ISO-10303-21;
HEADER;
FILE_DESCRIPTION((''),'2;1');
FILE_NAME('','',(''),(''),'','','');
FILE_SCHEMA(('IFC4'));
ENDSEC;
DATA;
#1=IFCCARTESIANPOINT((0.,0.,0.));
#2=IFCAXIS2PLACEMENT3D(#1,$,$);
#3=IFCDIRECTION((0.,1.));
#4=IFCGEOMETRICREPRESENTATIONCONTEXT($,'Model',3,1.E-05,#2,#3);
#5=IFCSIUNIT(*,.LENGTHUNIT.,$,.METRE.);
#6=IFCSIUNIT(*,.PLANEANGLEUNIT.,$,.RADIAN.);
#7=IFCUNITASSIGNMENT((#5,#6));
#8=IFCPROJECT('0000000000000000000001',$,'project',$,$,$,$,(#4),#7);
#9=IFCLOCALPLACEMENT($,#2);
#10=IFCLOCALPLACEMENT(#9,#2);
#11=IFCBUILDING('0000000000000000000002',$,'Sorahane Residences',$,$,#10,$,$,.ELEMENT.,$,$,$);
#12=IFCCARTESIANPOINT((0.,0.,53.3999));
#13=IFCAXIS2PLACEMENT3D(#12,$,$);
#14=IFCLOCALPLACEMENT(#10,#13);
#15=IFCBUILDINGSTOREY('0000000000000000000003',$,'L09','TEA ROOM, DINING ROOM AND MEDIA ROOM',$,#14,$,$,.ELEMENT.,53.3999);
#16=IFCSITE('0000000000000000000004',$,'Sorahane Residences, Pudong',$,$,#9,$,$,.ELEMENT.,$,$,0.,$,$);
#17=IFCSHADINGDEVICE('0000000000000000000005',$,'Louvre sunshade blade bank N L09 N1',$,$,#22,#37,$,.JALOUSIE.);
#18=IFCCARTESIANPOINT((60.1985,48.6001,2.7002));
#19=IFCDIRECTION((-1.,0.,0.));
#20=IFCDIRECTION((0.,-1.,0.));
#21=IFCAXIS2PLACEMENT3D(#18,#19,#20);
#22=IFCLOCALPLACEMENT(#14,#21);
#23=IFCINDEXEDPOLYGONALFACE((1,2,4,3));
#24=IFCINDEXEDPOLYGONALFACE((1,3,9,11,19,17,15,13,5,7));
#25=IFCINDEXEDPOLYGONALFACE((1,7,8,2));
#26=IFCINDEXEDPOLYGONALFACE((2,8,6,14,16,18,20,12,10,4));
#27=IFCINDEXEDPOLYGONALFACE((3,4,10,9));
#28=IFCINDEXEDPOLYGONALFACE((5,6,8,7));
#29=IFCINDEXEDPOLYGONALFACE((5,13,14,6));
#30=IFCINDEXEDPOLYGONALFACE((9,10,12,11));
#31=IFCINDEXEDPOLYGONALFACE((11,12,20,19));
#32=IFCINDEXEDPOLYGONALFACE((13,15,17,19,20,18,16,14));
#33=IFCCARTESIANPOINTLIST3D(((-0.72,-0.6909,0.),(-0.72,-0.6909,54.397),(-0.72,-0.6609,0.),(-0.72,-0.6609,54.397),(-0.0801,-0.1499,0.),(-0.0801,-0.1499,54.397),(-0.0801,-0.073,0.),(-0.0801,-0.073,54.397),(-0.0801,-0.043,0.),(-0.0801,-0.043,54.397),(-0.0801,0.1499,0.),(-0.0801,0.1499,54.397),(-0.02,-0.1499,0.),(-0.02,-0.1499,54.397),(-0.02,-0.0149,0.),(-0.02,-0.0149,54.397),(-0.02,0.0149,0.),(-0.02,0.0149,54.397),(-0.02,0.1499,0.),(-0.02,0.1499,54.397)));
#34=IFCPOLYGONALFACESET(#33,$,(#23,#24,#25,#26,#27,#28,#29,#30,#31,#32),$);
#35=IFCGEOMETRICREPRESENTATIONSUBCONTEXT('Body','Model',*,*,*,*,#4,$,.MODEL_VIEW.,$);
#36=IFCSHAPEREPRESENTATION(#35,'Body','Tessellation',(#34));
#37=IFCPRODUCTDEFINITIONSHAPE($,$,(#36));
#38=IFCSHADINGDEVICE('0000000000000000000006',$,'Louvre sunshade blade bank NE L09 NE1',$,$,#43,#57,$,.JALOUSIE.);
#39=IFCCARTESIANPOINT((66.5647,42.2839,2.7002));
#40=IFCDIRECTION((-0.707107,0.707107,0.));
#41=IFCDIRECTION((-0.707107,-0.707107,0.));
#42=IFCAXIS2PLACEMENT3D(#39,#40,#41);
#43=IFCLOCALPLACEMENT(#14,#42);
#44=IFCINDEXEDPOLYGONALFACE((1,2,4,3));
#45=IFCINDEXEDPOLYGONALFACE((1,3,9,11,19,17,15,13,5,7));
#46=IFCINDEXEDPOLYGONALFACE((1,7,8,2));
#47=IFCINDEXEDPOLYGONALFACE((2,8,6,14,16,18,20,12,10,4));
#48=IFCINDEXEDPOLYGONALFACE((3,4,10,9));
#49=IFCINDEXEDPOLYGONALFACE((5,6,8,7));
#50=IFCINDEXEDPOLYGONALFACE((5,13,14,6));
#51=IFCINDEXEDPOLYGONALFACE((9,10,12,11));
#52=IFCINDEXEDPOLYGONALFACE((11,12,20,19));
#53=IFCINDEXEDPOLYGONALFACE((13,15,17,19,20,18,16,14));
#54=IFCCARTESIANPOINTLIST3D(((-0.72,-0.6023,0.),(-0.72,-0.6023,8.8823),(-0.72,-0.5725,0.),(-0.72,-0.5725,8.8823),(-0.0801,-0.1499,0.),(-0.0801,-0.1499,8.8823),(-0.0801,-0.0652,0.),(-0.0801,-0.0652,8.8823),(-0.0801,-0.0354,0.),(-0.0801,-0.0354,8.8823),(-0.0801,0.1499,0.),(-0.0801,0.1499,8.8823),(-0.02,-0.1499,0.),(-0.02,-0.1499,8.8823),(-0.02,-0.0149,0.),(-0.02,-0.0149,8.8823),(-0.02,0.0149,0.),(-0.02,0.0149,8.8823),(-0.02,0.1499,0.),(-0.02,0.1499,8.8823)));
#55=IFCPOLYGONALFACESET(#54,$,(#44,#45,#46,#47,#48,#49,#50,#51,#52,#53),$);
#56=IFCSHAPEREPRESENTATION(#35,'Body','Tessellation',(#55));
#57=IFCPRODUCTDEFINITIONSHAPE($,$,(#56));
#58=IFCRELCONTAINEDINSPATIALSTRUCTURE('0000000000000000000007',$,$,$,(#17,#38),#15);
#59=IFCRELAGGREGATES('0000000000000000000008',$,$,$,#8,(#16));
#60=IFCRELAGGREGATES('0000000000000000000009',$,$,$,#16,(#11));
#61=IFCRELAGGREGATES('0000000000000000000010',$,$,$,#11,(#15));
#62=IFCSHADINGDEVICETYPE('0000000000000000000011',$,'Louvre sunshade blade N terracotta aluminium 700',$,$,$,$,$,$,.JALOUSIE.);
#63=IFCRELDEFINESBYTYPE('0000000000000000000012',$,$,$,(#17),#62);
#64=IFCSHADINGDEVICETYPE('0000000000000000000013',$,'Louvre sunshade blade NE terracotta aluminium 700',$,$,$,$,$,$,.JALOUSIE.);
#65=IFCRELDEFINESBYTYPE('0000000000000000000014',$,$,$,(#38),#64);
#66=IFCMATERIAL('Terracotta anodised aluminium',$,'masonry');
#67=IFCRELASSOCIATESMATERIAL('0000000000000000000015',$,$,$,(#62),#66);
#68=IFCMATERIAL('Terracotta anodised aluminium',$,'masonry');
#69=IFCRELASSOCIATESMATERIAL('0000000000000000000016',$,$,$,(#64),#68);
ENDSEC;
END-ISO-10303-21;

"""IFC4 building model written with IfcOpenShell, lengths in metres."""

from ifc_helpers import new_model, si_unit, direction, frame, origin, place, context, subcontext, project, spatial, polyline, outline, extrude, material, type_object, element, save


model = new_model("IFC4")

# Units and contexts
model_context = context("Model", 3, precision=1e-05, world=origin(), true_north=direction((0.0, 1.0)))
body_context = subcontext(model_context, "Body", "Model", "MODEL_VIEW")
ifc_project = project(units=[si_unit("LENGTHUNIT", "METRE"), si_unit("PLANEANGLEUNIT", "RADIAN")], contexts=[model_context])

# Site, building, storey
site_placement = place(None, origin())
site = spatial("IfcSite", under=ifc_project, at=site_placement, Name="Sorahane Residences, Pudong", CompositionType="ELEMENT", RefElevation=0.0)
building_placement = place(site_placement, origin())
building = spatial("IfcBuilding", under=site, at=building_placement, Name="Sorahane Residences", CompositionType="ELEMENT")
storey_placement = place(building_placement, frame((0.0, 0.0, 53.3999)))
storey = spatial("IfcBuildingStorey", under=building, at=storey_placement, Name="L09", Description="TEA ROOM, DINING ROOM AND MEDIA ROOM", CompositionType="ELEMENT", Elevation=53.3999)

# Shading devices
ifc_material_1 = material(Name="Terracotta anodised aluminium", Category="masonry")
shading_device_type_1 = type_object("IfcShadingDeviceType", Name="Louvre sunshade blade N terracotta aluminium 700", PredefinedType="JALOUSIE", material=ifc_material_1)
shading_device_1_placement = place(storey_placement, frame((60.1985, 48.6001, 2.7002), z_axis=(-1.0, 0.0, 0.0), x_axis=(0.0, -1.0, 0.0)))
element("IfcShadingDevice", 1, at=shading_device_1_placement, inside=storey, type_object=shading_device_type_1, Name="Louvre sunshade blade bank N L09 N1", PredefinedType="JALOUSIE", context=body_context, shape_type="SweptSolid", body=[
    extrude(outline(polyline([(-0.72, -0.6609), (-0.72, -0.6909), (-0.0801, -0.073), (-0.0801, -0.1499), (-0.02, -0.1499), (-0.02, -0.0149), (-0.02, 0.0149), (-0.02, 0.1499), (-0.0801, 0.1499), (-0.0801, -0.043), (-0.72, -0.6609)])), origin(), (0.0, 0.0, 1.0), 54.397),
])
ifc_material_2 = material(Name="Terracotta anodised aluminium", Category="masonry")
shading_device_type_2 = type_object("IfcShadingDeviceType", Name="Louvre sunshade blade NE terracotta aluminium 700", PredefinedType="JALOUSIE", material=ifc_material_2)
shading_device_2_placement = place(storey_placement, frame((66.5647, 42.2839, 2.7002), z_axis=(-0.707107, 0.707107, 0.0), x_axis=(-0.707107, -0.707107, 0.0)))
element("IfcShadingDevice", 2, at=shading_device_2_placement, inside=storey, type_object=shading_device_type_2, Name="Louvre sunshade blade bank NE L09 NE1", PredefinedType="JALOUSIE", context=body_context, shape_type="SweptSolid", body=[
    extrude(outline(polyline([(-0.72, -0.5725), (-0.72, -0.6023), (-0.0801, -0.0652), (-0.0801, -0.1499), (-0.02, -0.1499), (-0.02, -0.0149), (-0.02, 0.0149), (-0.02, 0.1499), (-0.0801, 0.1499), (-0.0801, -0.0354), (-0.72, -0.5725)])), origin(), (0.0, 0.0, 1.0), 8.8823),
])

save(model, "model.ifc")
